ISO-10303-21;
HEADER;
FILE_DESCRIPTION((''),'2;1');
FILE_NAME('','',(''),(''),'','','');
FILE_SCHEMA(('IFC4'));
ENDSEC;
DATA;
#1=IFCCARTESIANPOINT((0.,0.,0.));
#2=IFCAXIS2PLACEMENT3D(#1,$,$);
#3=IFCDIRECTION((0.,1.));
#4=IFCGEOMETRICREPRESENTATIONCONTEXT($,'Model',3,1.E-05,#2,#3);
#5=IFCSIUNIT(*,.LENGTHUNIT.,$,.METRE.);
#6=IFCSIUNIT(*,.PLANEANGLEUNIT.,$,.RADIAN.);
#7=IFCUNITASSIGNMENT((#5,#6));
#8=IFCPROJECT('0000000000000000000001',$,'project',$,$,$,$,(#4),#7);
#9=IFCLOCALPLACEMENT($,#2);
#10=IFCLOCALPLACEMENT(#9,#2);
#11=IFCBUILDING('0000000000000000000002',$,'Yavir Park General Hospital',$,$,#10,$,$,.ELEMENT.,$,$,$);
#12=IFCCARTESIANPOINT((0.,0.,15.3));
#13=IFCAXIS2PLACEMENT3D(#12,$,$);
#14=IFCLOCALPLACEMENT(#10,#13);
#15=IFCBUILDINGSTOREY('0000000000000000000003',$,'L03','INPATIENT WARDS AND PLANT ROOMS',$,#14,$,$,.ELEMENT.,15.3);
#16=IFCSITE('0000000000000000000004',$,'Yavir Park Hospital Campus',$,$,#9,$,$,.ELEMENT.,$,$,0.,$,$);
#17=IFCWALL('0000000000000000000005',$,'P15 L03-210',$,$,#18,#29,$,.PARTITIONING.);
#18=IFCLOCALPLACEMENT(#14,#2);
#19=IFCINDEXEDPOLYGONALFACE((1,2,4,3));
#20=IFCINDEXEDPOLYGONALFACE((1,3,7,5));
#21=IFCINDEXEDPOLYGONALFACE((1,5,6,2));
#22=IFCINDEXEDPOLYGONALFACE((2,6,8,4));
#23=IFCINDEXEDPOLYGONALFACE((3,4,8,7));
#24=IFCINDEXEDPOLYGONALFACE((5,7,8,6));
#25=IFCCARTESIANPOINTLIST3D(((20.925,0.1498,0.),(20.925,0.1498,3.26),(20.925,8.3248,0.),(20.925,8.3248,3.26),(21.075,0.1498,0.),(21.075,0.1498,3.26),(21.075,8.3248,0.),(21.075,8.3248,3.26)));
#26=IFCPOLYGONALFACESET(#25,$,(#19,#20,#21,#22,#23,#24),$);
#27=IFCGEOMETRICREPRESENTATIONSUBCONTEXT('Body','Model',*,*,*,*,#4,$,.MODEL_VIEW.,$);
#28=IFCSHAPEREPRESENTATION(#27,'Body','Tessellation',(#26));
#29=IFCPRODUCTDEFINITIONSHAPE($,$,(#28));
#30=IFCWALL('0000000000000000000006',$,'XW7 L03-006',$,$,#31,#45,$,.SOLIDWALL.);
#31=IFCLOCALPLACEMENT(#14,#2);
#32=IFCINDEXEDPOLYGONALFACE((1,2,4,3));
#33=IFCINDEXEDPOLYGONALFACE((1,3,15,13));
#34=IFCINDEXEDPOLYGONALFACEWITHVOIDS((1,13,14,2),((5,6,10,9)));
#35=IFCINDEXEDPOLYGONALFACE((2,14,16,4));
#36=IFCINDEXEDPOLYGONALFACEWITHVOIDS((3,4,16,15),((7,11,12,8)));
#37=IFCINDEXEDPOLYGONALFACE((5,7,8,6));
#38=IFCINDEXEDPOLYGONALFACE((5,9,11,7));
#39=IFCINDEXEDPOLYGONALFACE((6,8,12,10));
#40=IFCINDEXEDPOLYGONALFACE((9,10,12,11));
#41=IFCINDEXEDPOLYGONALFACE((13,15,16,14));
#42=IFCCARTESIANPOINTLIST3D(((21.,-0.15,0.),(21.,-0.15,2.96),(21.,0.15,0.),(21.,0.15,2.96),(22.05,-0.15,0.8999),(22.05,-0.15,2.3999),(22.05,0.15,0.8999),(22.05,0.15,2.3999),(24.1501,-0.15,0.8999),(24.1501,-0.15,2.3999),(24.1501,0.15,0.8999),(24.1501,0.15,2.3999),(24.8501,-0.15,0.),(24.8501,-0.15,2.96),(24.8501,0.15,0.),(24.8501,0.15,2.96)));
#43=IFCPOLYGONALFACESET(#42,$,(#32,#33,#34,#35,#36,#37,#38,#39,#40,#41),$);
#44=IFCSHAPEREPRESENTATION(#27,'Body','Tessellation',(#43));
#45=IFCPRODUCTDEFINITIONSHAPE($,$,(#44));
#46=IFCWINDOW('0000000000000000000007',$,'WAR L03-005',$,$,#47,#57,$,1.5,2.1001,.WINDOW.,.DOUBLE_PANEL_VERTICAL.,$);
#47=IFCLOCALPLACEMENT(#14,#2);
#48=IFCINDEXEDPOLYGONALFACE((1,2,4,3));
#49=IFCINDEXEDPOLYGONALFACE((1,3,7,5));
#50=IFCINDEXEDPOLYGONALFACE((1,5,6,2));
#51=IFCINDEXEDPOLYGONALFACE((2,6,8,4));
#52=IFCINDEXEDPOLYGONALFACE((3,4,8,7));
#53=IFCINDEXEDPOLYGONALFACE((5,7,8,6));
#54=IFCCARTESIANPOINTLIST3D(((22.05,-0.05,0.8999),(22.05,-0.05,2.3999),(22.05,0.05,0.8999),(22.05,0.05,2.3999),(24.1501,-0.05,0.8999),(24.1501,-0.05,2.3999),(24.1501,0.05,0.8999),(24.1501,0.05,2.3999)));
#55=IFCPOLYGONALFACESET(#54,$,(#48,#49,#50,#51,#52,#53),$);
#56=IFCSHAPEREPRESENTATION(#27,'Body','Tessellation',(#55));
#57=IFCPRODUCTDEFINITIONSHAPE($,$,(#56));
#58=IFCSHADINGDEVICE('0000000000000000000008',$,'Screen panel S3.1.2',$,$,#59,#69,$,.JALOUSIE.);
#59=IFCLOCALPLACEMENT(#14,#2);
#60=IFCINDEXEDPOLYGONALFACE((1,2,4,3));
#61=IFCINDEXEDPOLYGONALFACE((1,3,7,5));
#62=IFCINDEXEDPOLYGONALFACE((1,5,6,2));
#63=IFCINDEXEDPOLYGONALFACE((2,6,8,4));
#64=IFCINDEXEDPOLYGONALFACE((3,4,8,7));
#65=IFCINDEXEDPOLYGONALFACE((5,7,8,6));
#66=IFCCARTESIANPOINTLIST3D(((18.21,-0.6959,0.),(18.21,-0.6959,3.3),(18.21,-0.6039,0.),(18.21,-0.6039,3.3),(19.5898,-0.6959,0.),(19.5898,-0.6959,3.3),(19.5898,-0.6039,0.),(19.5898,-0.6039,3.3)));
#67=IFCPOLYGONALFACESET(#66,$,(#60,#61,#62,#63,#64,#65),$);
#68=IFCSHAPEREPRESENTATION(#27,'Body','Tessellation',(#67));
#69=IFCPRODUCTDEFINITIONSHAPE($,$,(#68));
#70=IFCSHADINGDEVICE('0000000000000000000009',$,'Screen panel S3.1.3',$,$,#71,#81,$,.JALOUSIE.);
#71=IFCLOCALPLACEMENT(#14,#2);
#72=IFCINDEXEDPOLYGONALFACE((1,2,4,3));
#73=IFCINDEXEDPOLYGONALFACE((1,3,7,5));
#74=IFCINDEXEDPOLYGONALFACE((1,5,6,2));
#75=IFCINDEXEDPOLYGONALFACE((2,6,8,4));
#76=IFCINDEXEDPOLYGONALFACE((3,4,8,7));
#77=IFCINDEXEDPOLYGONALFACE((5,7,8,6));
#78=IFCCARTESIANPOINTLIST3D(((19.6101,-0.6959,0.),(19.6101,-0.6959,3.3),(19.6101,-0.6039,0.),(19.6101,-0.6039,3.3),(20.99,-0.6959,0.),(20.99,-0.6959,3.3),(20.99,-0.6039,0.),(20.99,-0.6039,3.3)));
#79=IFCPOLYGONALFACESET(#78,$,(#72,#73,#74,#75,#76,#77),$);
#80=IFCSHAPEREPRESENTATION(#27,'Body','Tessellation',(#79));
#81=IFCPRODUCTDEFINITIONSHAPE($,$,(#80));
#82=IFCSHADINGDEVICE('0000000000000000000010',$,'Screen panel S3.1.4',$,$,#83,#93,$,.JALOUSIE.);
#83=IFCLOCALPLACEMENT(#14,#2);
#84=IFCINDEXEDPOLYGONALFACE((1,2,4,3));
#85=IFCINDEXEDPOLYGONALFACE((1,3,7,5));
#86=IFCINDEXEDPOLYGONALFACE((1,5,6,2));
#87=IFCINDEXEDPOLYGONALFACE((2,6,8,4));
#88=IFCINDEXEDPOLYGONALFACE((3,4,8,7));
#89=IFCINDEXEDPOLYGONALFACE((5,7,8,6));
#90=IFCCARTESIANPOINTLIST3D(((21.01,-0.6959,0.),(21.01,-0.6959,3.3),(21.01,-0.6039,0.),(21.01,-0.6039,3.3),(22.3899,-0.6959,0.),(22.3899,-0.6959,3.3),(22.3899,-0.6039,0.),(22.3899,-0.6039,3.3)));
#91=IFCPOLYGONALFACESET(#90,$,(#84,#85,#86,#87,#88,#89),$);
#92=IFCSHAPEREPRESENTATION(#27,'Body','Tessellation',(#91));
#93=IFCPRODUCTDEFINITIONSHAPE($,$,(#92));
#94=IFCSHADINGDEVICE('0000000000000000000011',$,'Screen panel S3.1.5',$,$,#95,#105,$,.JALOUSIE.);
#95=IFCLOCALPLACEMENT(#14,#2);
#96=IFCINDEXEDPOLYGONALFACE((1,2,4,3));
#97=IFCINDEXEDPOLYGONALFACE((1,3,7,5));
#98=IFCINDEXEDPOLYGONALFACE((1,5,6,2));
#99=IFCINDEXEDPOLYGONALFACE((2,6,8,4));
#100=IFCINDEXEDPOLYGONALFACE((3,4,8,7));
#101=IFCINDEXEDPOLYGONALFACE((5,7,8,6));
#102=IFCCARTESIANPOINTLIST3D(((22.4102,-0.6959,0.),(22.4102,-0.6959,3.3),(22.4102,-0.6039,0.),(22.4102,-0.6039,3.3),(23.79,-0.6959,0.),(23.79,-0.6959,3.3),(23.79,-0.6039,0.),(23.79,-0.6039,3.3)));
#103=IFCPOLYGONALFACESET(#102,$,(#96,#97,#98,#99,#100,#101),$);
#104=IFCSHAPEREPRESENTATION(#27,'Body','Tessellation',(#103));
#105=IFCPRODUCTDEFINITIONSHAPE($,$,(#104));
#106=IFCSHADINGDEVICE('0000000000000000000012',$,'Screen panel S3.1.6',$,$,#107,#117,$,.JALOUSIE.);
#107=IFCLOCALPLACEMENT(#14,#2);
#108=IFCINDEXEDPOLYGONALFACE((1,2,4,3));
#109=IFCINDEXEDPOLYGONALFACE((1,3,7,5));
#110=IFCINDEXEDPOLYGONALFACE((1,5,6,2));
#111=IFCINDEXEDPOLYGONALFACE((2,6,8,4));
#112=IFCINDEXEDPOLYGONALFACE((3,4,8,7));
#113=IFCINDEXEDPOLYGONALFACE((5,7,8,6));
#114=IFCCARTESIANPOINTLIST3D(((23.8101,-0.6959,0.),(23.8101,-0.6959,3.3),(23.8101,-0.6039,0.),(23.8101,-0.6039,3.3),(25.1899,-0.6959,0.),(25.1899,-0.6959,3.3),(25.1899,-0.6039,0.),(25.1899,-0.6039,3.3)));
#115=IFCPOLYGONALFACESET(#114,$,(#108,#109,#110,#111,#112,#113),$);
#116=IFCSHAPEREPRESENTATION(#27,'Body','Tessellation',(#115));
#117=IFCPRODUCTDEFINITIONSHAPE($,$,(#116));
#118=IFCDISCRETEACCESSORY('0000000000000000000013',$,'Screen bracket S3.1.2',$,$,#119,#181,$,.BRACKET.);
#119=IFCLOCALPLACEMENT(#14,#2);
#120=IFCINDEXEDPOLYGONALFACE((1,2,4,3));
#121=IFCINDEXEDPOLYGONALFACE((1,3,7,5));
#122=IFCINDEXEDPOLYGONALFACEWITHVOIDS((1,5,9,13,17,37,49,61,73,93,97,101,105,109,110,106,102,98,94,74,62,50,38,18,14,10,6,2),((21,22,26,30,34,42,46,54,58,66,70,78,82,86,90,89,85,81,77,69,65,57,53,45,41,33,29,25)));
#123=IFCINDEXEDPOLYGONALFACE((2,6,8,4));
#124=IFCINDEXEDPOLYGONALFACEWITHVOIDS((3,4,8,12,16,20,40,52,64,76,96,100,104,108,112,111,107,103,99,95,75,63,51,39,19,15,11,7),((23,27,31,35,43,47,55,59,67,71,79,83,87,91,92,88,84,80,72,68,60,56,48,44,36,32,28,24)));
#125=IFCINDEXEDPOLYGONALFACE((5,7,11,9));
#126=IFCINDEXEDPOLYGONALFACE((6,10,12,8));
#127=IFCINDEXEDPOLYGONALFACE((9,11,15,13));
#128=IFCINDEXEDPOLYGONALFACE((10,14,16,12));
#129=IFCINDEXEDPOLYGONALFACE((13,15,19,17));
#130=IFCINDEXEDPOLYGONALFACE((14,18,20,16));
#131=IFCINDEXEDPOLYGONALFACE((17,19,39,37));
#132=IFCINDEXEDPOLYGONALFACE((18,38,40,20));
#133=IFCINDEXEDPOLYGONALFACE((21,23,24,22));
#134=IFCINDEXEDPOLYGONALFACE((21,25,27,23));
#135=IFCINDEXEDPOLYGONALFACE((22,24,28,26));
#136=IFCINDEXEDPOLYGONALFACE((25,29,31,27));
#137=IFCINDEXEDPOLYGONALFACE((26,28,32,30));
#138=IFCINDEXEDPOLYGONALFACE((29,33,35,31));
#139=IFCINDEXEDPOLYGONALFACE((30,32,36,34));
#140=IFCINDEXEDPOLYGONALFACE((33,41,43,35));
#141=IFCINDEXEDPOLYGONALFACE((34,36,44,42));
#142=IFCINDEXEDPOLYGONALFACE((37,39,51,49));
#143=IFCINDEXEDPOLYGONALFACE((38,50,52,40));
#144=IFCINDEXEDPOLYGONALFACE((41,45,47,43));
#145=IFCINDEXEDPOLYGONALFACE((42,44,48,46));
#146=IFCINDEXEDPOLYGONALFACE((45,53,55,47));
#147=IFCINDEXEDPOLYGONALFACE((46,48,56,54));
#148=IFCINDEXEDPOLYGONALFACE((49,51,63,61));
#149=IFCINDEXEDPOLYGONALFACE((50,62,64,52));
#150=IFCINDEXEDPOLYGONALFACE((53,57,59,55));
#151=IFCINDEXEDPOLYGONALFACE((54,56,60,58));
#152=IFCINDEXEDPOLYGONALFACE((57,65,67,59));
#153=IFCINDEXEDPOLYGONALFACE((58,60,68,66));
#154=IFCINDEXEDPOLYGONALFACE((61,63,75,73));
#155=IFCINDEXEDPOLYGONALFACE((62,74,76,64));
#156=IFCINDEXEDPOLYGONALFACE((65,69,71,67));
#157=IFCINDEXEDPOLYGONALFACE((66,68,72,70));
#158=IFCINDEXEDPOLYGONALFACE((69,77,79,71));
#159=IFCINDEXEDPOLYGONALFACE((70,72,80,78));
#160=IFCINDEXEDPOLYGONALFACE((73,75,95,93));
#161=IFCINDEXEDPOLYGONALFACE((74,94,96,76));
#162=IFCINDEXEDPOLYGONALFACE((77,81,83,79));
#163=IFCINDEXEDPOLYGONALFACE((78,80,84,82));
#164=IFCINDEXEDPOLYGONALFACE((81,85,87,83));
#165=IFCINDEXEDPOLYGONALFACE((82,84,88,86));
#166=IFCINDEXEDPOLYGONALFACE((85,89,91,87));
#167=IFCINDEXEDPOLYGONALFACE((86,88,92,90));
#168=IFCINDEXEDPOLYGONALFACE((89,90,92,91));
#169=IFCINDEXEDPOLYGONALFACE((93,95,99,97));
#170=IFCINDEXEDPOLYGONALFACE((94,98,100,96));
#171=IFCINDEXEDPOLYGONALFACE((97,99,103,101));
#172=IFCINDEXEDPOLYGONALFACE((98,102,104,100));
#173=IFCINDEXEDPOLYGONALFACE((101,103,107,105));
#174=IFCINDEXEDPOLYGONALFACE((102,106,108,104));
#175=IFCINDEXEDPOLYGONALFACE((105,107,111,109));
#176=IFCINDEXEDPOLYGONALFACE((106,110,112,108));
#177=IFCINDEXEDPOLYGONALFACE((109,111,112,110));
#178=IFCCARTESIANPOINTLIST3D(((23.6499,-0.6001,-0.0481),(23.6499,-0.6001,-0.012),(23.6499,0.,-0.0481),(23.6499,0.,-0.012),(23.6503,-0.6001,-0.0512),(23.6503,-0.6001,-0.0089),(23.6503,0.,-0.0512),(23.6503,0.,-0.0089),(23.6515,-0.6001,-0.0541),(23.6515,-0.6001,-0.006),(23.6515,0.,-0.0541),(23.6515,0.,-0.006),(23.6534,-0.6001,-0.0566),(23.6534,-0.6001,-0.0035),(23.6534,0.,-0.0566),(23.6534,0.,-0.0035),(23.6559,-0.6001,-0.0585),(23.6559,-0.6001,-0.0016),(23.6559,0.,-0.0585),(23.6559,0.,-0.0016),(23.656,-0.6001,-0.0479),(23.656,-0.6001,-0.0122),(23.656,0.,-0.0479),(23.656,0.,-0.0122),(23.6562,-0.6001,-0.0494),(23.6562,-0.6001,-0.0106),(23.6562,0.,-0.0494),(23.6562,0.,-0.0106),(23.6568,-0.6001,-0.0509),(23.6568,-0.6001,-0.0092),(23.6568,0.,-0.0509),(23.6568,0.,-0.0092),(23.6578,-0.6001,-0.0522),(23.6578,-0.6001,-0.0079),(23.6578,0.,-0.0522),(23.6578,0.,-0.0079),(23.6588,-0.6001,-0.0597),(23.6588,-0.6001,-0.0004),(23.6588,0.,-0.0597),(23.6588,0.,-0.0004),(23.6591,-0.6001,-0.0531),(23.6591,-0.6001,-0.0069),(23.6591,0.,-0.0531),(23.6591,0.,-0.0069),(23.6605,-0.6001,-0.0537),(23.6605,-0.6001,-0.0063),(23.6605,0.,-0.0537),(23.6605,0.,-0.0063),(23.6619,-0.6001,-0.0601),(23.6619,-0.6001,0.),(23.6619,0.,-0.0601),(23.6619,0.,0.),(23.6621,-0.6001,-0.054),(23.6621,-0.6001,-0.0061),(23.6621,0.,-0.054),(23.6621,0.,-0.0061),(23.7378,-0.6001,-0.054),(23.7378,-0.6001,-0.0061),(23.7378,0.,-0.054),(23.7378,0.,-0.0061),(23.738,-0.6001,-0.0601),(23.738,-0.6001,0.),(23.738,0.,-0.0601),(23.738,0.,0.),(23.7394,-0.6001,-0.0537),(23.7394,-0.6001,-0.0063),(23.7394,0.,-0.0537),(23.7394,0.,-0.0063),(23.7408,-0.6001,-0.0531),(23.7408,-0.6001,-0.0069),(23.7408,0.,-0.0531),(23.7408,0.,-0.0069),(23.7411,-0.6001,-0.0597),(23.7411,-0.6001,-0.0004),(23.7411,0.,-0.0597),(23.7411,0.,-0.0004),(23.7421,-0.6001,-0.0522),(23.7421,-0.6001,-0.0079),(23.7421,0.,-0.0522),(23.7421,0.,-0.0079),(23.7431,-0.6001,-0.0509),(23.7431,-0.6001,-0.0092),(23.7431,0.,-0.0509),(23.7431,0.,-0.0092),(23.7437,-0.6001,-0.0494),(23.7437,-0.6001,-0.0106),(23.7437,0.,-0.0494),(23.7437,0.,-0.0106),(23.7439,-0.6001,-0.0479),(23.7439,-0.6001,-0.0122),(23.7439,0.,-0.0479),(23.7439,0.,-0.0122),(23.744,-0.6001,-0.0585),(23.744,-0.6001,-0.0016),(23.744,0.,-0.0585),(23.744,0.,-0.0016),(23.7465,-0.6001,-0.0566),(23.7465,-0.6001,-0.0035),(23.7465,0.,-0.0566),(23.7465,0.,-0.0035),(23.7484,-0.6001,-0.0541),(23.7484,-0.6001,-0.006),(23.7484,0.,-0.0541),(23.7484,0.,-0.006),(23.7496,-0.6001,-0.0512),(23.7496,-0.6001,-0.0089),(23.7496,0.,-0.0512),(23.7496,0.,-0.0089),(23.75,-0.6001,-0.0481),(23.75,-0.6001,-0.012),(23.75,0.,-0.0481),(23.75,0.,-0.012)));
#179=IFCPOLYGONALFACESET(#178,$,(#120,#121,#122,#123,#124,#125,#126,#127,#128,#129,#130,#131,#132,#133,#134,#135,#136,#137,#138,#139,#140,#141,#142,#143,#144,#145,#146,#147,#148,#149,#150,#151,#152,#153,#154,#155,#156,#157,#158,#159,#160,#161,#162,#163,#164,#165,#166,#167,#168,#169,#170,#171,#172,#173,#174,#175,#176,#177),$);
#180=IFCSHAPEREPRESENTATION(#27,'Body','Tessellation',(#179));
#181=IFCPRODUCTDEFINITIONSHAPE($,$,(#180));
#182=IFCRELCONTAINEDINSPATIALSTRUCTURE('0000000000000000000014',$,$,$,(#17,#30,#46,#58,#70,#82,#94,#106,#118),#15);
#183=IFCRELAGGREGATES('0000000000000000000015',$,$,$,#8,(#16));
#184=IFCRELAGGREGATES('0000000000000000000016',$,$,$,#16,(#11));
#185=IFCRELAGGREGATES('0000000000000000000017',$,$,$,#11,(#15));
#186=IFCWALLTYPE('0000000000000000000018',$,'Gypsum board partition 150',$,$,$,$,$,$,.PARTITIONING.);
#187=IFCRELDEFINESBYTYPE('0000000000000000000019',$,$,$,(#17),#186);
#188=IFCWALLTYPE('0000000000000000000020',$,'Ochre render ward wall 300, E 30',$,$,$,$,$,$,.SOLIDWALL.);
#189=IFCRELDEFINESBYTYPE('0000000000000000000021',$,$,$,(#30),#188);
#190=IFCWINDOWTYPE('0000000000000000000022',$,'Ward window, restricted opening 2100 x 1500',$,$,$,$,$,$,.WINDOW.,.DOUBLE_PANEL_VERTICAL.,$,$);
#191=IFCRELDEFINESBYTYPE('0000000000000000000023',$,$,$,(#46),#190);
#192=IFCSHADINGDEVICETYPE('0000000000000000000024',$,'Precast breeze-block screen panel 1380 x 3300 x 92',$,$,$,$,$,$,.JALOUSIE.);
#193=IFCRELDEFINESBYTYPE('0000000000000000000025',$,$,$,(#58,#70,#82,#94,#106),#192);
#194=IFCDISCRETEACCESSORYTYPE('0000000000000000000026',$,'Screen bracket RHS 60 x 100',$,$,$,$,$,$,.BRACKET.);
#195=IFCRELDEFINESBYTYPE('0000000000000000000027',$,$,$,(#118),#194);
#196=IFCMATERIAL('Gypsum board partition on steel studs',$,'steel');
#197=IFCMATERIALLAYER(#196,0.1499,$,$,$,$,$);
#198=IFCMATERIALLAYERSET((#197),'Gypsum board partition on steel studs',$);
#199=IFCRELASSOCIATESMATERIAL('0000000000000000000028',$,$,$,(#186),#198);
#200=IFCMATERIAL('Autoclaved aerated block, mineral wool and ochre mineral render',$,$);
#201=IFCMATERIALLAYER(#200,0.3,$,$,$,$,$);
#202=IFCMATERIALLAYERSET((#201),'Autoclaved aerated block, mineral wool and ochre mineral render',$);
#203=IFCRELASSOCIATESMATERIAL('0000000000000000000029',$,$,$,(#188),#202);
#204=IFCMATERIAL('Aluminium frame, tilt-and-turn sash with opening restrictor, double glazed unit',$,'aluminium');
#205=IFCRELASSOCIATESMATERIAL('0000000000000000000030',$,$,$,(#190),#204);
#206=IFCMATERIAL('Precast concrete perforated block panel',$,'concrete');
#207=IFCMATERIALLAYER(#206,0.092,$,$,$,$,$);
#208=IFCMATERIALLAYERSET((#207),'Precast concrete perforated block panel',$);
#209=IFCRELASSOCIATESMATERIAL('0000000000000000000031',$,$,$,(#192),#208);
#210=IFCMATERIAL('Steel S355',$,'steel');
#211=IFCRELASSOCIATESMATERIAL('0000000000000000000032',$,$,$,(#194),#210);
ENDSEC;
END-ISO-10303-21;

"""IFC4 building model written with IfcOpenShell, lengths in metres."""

from ifc_helpers import new_model, si_unit, direction, frame, frame_2d, origin, origin_2d, place, context, subcontext, project, spatial, rectangle, hollow_rectangle, extrude, material, layer, layer_set, material_profile, profile_set, type_object, element, fill, save


model = new_model("IFC4")

# Units and contexts
model_context = context("Model", 3, precision=1e-05, world=origin(), true_north=direction((0.0, 1.0)))
body_context = subcontext(model_context, "Body", "Model", "MODEL_VIEW")
ifc_project = project(units=[si_unit("LENGTHUNIT", "METRE"), si_unit("PLANEANGLEUNIT", "RADIAN")], contexts=[model_context])

# Site, building, storey
site_placement = place(None, origin())
site = spatial("IfcSite", under=ifc_project, at=site_placement, Name="Yavir Park Hospital Campus", CompositionType="ELEMENT", RefElevation=0.0)
building_placement = place(site_placement, origin())
building = spatial("IfcBuilding", under=site, at=building_placement, Name="Yavir Park General Hospital", CompositionType="ELEMENT")
storey_placement = place(building_placement, frame((0.0, 0.0, 15.3)))
storey = spatial("IfcBuildingStorey", under=building, at=storey_placement, Name="L03", Description="INPATIENT WARDS AND PLANT ROOMS", CompositionType="ELEMENT", Elevation=15.3)

# Wall
ifc_material_1 = material(Name="Gypsum board partition on steel studs", Category="steel")
ifc_layer_1 = layer(ifc_material_1, 0.1499)
ifc_layer_set_1 = layer_set([ifc_layer_1], Name="Gypsum board partition on steel studs")
wall_type_1 = type_object("IfcWallType", Name="Gypsum board partition 150", PredefinedType="PARTITIONING", material=ifc_layer_set_1)
wall_1_placement = place(storey_placement, frame((21.0, 0.1499, 0.0), z_axis=(0.0, 0.0, 1.0), x_axis=(0.0, 1.0, 0.0)))
element("IfcWall", 1, at=wall_1_placement, inside=storey, type_object=wall_type_1, Name="P15 L03-210", PredefinedType="PARTITIONING", context=body_context, shape_type="SweptSolid", body=[
    extrude(rectangle(XDim=8.175, YDim=0.1499, at=frame_2d((4.0874, 0.0))), origin(), (0.0, 0.0, 1.0), 3.26),
])

# Wall, opening, window
ifc_material_2 = material(Name="Autoclaved aerated block, mineral wool and ochre mineral render")
ifc_layer_2 = layer(ifc_material_2, 0.3)
ifc_layer_set_2 = layer_set([ifc_layer_2], Name="Autoclaved aerated block, mineral wool and ochre mineral render")
wall_type_2 = type_object("IfcWallType", Name="Ochre render ward wall 300, E 30", PredefinedType="SOLIDWALL", material=ifc_layer_set_2)
wall_2_placement = place(storey_placement, frame((21.0, 0.0, 0.0), z_axis=(0.0, 0.0, 1.0), x_axis=(1.0, 0.0, 0.0)))
wall_2 = element("IfcWall", 2, at=wall_2_placement, inside=storey, type_object=wall_type_2, Name="XW7 L03-006", PredefinedType="SOLIDWALL", context=body_context, shape_type="SweptSolid", body=[
    extrude(rectangle(XDim=3.8501, YDim=0.3, at=frame_2d((1.925, 0.0))), origin(), (0.0, 0.0, 1.0), 2.96),
])
opening_placement = place(wall_2_placement, frame((1.05, 0.0, 0.8999)))
opening = element("IfcOpeningElement", 3, at=opening_placement, cuts=wall_2, PredefinedType="OPENING", context=body_context, shape_type="SweptSolid", body=[
    extrude(rectangle(XDim=2.1001, YDim=1.5, at=frame_2d((1.05, 0.75))), frame((0.0, 0.1599, 0.0), z_axis=(0.0, -1.0, 0.0), x_axis=(1.0, 0.0, 0.0)), (0.0, 0.0, 1.0), 0.3201),
])
ifc_material_3 = material(Name="Aluminium frame, tilt-and-turn sash with opening restrictor, double glazed unit", Category="aluminium")
window_type = type_object("IfcWindowType", Name="Ward window, restricted opening 2100 x 1500", PartitioningType="DOUBLE_PANEL_VERTICAL", PredefinedType="WINDOW", material=ifc_material_3)
window_placement = place(opening_placement, origin())
window = element("IfcWindow", 4, at=window_placement, inside=storey, type_object=window_type, Name="WAR L03-005", OverallHeight=1.5, OverallWidth=2.1001, PartitioningType="DOUBLE_PANEL_VERTICAL", PredefinedType="WINDOW", context=body_context, shape_type="SweptSolid", body=[
    extrude(rectangle(XDim=2.1001, YDim=1.5, at=frame_2d((1.05, 0.75))), frame((0.0, 0.05, 0.0), z_axis=(0.0, -1.0, 0.0), x_axis=(1.0, 0.0, 0.0)), (0.0, 0.0, 1.0), 0.1001),
])
fill(opening, window)

# Shading devices
ifc_material_4 = material(Name="Precast concrete perforated block panel", Category="concrete")
ifc_layer_3 = layer(ifc_material_4, 0.092)
ifc_layer_set_3 = layer_set([ifc_layer_3], Name="Precast concrete perforated block panel")
shading_device_type = type_object("IfcShadingDeviceType", Name="Precast breeze-block screen panel 1380 x 3300 x 92", PredefinedType="JALOUSIE", material=ifc_layer_set_3)
for number, where, z_axis, x_axis, name in (
    (5, (18.8999, -0.6499, 0.0), (0.0, 0.0, 1.0), (1.0, 0.0, 0.0), "Screen panel S3.1.2"),
    (6, (20.3, -0.6499, 0.0), (0.0, 0.0, 1.0), (1.0, 0.0, 0.0), "Screen panel S3.1.3"),
    (7, (21.7, -0.6499, 0.0), (0.0, 0.0, 1.0), (1.0, 0.0, 0.0), "Screen panel S3.1.4"),
    (8, (23.1001, -0.6499, 0.0), (0.0, 0.0, 1.0), (1.0, 0.0, 0.0), "Screen panel S3.1.5"),
    (9, (24.5, -0.6499, 0.0), (0.0, 0.0, 1.0), (1.0, 0.0, 0.0), "Screen panel S3.1.6"),
):
    element("IfcShadingDevice", number, at=place(storey_placement, frame(where, z_axis=z_axis, x_axis=x_axis)), inside=storey, type_object=shading_device_type, Name=name, PredefinedType="JALOUSIE", context=body_context, shape_type="SweptSolid", body=[
        extrude(rectangle(XDim=1.3799, YDim=0.092, at=origin_2d()), origin(), (0.0, 0.0, 1.0), 3.3),
    ])

# Discrete accessory
ifc_material_5 = material(Name="Steel S355", Category="steel")
ifc_material_profile_1 = material_profile(ifc_material_5, hollow_rectangle(XDim=0.1001, YDim=0.0601, WallThickness=0.0061, InnerFilletRadius=0.0061, OuterFilletRadius=0.012, at=origin_2d()), Name="RHS60x100x6")
ifc_profile_set_1 = profile_set([ifc_material_profile_1], Name="Steel S355")
discrete_accessory_type = type_object("IfcDiscreteAccessoryType", Name="Screen bracket RHS 60 x 100", PredefinedType="BRACKET", material=ifc_profile_set_1)
discrete_accessory_placement = place(storey_placement, frame((23.7, 0.0, -0.03), z_axis=(0.0, -1.0, 0.0), x_axis=(1.0, 0.0, 0.0)))
element("IfcDiscreteAccessory", 10, at=discrete_accessory_placement, inside=storey, type_object=discrete_accessory_type, Name="Screen bracket S3.1.2", PredefinedType="BRACKET", context=body_context, shape_type="SweptSolid", body=[
    extrude(hollow_rectangle(XDim=0.1001, YDim=0.0601, WallThickness=0.0061, InnerFilletRadius=0.0061, OuterFilletRadius=0.012, at=origin_2d()), origin(), (0.0, 0.0, 1.0), 0.6001),
])

save(model, "model.ifc")
